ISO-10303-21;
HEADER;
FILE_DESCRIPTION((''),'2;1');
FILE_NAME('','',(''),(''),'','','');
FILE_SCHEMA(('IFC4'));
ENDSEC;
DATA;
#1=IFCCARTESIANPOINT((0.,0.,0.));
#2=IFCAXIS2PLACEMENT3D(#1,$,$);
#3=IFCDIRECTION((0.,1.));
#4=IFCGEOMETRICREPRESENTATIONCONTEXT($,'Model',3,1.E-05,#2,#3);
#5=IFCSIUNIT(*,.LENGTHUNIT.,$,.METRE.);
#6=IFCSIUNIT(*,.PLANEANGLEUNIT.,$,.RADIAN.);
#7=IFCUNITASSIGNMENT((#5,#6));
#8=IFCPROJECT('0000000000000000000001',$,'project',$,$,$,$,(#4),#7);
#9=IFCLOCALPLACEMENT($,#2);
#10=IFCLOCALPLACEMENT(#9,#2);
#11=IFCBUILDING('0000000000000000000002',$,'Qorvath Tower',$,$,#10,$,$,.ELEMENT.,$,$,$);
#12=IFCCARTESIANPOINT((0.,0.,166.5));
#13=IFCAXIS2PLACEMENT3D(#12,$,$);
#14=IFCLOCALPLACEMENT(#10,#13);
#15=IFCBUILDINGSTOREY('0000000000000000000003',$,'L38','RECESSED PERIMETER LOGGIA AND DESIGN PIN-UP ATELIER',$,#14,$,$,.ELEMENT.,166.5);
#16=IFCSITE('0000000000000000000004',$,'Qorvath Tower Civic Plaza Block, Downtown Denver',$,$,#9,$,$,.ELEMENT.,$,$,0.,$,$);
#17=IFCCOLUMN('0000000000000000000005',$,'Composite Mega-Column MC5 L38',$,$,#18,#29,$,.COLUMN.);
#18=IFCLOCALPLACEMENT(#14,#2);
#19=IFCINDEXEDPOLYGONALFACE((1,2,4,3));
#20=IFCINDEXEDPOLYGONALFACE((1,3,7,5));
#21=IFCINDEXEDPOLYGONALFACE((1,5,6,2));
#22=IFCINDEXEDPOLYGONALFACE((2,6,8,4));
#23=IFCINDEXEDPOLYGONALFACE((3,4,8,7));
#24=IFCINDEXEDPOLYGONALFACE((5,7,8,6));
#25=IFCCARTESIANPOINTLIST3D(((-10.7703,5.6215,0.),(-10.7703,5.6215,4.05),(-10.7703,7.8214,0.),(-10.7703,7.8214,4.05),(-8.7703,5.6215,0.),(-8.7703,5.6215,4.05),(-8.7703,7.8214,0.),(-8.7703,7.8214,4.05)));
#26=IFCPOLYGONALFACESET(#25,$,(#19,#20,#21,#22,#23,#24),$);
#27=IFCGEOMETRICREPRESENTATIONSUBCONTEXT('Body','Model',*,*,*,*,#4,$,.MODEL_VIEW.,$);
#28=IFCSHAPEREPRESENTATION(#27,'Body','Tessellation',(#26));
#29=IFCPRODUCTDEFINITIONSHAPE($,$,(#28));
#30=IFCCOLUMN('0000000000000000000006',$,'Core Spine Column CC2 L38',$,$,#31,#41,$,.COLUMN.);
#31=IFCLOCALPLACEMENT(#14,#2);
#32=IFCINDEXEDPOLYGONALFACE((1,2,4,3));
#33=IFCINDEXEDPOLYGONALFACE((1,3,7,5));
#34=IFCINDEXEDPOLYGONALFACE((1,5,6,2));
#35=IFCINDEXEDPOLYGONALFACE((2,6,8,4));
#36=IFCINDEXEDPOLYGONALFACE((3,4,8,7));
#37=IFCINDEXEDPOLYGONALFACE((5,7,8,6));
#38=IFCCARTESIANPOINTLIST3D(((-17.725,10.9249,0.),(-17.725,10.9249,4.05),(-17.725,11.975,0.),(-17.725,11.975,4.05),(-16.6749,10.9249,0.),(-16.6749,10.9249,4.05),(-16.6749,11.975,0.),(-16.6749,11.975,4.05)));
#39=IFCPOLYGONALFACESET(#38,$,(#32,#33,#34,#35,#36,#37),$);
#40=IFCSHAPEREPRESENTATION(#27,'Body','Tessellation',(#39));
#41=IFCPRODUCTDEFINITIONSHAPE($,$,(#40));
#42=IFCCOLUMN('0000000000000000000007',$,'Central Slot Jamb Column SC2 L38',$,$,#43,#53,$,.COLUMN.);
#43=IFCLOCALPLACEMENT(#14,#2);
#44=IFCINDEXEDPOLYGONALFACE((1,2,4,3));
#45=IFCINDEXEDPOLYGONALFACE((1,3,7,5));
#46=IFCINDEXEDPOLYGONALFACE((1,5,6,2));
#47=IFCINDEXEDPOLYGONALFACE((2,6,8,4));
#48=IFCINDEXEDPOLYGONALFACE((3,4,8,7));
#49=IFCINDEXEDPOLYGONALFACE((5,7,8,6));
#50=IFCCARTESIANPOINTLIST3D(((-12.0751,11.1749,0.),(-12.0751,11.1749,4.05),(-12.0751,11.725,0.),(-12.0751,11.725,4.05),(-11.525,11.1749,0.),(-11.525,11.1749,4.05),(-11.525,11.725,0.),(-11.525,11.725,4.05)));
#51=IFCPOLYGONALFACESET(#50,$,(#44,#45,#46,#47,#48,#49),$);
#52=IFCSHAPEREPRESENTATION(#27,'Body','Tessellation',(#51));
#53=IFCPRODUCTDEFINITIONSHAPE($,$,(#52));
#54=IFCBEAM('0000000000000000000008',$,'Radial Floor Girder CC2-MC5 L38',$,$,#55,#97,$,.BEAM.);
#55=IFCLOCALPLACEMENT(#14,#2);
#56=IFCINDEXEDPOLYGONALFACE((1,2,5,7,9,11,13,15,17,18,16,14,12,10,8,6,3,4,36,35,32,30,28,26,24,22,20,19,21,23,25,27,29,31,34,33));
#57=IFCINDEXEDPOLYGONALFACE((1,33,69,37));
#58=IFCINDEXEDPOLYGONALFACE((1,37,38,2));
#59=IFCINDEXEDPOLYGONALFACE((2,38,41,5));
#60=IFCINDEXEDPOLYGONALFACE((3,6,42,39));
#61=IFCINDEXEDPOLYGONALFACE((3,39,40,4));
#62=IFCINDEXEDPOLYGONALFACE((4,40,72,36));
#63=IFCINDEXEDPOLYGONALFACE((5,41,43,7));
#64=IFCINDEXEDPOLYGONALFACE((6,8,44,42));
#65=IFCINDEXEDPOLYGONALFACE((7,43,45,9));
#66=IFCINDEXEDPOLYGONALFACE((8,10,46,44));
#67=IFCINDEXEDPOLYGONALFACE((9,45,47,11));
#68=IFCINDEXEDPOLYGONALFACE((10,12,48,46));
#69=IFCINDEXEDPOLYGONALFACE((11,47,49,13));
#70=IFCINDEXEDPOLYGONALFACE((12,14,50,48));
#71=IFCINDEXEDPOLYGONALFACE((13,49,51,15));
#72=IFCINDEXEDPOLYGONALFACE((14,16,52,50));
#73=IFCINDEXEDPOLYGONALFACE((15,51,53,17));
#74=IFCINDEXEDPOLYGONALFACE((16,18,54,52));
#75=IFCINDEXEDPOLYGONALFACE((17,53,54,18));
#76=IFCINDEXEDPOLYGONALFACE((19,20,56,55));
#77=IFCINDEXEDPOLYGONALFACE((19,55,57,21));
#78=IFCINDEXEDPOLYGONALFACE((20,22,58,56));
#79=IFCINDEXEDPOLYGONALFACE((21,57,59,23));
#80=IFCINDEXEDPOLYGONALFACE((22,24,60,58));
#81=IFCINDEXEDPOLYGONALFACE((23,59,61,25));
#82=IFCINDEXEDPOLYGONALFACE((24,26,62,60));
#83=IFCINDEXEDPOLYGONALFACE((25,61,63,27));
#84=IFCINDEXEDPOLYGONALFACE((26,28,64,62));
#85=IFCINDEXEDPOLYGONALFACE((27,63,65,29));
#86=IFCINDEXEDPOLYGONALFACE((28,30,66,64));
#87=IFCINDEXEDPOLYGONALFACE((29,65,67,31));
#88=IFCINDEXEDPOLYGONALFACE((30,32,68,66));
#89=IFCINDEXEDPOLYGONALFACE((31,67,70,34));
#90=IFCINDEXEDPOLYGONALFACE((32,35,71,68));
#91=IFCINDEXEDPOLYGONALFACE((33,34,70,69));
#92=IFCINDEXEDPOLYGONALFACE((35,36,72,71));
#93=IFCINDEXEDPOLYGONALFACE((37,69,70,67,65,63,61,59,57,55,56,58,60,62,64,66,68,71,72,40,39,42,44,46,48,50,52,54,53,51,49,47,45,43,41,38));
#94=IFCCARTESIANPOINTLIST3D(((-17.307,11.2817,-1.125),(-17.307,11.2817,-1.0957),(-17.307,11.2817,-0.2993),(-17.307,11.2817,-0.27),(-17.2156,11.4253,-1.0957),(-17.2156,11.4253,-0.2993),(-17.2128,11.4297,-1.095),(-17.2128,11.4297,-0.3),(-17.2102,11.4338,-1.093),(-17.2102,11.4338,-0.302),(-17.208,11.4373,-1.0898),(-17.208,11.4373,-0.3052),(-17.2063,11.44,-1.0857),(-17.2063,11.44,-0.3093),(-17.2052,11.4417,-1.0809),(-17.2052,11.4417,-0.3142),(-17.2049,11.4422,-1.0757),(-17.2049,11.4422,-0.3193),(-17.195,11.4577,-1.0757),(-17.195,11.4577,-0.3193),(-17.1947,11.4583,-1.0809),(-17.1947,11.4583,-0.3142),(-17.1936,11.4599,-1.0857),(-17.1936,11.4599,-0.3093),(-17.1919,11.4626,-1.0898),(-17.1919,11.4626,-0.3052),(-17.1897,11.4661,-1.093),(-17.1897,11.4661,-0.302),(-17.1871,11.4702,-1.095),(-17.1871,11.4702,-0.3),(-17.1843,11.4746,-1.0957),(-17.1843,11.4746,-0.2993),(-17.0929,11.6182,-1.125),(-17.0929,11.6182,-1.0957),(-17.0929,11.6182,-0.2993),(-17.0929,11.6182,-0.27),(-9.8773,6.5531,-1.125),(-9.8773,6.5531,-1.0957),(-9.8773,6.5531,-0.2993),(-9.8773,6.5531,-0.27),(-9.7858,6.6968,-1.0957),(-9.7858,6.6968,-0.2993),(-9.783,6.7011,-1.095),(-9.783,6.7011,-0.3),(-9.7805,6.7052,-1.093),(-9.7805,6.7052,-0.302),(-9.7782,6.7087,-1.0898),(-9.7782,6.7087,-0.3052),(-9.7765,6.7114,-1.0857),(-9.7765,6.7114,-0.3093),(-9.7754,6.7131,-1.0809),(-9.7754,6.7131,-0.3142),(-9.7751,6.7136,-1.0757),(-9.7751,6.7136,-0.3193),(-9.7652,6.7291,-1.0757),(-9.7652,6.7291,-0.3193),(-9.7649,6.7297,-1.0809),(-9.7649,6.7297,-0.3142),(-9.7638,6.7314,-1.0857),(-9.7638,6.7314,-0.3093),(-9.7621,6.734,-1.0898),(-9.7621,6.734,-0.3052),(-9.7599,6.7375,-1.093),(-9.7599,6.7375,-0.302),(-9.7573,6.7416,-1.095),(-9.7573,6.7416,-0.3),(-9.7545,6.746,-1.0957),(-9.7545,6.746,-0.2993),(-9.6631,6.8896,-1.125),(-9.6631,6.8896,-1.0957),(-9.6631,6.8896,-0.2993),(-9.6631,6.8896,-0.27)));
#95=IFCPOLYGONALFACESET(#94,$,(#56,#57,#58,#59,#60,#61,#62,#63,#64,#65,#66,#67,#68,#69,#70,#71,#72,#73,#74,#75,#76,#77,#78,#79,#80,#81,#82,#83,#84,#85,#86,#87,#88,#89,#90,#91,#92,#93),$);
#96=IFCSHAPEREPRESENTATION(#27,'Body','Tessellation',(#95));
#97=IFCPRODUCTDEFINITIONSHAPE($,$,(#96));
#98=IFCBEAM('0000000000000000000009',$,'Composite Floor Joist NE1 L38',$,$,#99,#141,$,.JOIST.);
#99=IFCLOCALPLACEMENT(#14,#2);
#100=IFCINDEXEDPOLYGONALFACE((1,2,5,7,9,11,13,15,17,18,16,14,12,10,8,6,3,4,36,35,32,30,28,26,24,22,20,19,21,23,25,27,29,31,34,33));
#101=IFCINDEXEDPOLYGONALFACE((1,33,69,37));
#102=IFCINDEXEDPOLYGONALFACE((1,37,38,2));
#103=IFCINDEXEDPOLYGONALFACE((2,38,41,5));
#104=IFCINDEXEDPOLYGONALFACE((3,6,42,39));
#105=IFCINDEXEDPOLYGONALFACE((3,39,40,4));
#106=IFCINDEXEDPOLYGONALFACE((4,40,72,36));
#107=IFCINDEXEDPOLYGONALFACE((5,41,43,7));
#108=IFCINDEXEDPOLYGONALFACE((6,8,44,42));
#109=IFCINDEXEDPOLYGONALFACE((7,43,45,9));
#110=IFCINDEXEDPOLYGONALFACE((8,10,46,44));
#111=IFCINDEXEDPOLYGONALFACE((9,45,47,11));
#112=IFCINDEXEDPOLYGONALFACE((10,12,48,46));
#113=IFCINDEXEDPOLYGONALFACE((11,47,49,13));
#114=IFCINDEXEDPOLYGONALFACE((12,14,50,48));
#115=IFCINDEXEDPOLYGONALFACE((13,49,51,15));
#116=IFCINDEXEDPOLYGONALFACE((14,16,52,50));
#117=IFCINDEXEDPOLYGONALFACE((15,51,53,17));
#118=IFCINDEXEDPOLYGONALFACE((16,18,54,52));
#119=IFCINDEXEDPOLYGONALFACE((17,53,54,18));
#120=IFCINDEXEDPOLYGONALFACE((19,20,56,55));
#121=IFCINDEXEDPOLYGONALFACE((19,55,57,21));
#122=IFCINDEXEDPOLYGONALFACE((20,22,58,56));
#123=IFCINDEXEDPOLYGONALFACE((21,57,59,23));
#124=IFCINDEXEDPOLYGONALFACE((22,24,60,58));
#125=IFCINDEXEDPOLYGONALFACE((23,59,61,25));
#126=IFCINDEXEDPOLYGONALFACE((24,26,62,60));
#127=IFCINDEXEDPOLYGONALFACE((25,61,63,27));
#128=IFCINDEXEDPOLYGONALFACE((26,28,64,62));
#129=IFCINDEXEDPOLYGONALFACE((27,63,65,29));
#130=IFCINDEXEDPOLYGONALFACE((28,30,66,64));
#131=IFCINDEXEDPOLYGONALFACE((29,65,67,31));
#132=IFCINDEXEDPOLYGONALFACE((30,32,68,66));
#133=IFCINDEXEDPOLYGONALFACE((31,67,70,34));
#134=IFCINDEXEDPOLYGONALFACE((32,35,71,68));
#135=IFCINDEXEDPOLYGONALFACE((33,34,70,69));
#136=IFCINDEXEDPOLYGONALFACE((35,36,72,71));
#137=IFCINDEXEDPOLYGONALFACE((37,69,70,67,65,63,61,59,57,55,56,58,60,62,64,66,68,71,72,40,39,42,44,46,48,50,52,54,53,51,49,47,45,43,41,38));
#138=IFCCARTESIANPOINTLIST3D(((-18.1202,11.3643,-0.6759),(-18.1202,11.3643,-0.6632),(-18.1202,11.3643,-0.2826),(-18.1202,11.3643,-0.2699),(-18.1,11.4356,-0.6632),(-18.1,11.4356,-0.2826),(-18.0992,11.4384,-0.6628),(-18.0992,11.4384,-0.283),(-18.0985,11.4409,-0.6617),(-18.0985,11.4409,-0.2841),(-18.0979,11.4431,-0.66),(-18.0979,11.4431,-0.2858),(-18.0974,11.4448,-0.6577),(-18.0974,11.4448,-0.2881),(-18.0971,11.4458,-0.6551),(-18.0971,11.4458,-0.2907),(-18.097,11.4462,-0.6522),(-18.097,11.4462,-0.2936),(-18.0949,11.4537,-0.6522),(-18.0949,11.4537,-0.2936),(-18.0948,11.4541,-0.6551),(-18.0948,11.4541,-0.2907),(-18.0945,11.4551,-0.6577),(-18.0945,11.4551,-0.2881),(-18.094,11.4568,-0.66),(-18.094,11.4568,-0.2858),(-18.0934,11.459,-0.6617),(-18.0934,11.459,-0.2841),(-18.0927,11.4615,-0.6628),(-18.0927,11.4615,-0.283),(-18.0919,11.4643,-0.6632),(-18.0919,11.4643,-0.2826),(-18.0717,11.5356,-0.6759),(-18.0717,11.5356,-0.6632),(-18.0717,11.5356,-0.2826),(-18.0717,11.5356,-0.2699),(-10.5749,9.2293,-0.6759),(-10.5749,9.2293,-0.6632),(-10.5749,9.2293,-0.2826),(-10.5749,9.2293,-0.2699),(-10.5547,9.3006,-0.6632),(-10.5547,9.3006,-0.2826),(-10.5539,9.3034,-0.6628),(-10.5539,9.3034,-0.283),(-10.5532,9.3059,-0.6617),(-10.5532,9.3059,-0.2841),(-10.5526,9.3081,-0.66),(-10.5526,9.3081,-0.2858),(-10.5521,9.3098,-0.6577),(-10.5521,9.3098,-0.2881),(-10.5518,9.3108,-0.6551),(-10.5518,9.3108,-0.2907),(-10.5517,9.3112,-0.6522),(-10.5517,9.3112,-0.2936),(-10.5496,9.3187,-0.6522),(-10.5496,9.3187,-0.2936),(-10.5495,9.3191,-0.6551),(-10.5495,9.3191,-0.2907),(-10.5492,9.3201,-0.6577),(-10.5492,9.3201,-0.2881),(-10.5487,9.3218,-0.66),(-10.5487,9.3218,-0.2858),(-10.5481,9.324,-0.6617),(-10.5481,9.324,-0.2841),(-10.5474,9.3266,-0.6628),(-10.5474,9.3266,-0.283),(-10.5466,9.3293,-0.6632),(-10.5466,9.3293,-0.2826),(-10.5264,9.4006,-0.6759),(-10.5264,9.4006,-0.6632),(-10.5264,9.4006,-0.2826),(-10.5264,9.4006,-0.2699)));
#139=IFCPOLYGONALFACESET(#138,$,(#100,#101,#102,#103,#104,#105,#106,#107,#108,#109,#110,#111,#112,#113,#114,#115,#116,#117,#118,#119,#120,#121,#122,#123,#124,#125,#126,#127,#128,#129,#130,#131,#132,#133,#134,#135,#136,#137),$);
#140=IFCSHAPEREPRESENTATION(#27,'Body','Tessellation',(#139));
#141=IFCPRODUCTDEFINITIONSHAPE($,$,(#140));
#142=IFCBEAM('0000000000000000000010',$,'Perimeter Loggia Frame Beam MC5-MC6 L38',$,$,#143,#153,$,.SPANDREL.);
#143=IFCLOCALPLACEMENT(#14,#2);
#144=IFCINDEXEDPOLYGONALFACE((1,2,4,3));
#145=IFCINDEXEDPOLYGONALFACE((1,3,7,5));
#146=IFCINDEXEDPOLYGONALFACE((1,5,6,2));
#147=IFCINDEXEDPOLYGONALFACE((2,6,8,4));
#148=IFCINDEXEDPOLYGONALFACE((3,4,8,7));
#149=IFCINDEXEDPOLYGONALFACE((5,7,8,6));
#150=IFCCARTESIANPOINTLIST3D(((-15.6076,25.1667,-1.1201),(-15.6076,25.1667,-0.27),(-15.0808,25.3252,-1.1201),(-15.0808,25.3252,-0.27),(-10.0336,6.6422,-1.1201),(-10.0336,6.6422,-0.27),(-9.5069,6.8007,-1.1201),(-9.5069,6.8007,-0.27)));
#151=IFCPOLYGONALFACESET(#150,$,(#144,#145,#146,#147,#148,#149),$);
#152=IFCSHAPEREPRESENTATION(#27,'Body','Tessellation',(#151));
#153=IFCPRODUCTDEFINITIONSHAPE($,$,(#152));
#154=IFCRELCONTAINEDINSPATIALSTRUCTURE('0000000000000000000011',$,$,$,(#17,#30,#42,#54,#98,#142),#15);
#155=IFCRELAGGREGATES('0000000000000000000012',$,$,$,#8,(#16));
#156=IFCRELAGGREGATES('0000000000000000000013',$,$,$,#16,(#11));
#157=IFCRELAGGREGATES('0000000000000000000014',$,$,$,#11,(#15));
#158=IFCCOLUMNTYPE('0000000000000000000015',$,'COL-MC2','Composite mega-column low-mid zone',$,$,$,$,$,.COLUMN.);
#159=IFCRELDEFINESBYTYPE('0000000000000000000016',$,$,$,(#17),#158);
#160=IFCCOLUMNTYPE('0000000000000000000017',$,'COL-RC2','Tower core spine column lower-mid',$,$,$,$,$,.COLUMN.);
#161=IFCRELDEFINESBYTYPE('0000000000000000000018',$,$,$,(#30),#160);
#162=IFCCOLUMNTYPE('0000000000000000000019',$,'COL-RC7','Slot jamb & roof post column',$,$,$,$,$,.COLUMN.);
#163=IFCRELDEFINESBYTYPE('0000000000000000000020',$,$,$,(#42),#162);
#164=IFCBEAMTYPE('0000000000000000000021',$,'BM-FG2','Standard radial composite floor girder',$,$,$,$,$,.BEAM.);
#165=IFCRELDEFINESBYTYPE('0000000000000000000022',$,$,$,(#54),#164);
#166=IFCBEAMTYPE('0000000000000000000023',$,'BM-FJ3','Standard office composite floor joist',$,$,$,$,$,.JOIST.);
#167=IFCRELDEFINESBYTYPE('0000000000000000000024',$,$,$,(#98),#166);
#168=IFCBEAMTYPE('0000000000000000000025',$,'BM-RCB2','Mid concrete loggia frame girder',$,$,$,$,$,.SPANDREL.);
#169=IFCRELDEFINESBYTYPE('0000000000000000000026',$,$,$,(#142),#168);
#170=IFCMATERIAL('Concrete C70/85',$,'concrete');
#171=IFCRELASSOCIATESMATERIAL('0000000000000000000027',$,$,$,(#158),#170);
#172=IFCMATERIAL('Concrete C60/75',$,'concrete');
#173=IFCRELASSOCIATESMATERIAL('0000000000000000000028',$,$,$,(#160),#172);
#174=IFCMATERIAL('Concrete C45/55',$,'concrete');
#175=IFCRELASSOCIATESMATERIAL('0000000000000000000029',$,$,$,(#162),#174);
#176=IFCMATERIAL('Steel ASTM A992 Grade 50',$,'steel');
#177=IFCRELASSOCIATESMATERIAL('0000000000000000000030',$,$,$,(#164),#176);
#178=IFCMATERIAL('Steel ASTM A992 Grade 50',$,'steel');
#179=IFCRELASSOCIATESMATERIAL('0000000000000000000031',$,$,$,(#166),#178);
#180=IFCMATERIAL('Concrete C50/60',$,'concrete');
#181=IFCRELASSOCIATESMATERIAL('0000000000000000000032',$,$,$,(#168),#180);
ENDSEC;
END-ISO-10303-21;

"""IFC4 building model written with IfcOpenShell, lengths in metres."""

from ifc_helpers import new_model, si_unit, direction, frame, origin, origin_2d, place, context, subcontext, project, spatial, rectangle, i_section, extrude, material, material_profile, profile_set, type_object, element, save


model = new_model("IFC4")

# Units and contexts
model_context = context("Model", 3, precision=1e-05, world=origin(), true_north=direction((0.0, 1.0)))
body_context = subcontext(model_context, "Body", "Model", "MODEL_VIEW")
ifc_project = project(units=[si_unit("LENGTHUNIT", "METRE"), si_unit("PLANEANGLEUNIT", "RADIAN")], contexts=[model_context])

# Site, building, storey
site_placement = place(None, origin())
site = spatial("IfcSite", under=ifc_project, at=site_placement, Name="Qorvath Tower Civic Plaza Block, Downtown Denver", CompositionType="ELEMENT", RefElevation=0.0)
building_placement = place(site_placement, origin())
building = spatial("IfcBuilding", under=site, at=building_placement, Name="Qorvath Tower", CompositionType="ELEMENT")
storey_placement = place(building_placement, frame((0.0, 0.0, 166.5)))
storey = spatial("IfcBuildingStorey", under=building, at=storey_placement, Name="L38", Description="RECESSED PERIMETER LOGGIA AND DESIGN PIN-UP ATELIER", CompositionType="ELEMENT", Elevation=166.5)

# Columns
ifc_material_1 = material(Name="Concrete C70/85", Category="concrete")
ifc_material_profile_1 = material_profile(ifc_material_1, rectangle(XDim=2.0, YDim=2.2, at=origin_2d()), Name="MC 2200x2000")
ifc_profile_set_1 = profile_set([ifc_material_profile_1], Name="Concrete C70/85")
column_type_1 = type_object("IfcColumnType", Name="COL-MC2", Description="Composite mega-column low-mid zone", PredefinedType="COLUMN", material=ifc_profile_set_1)
column_1_placement = place(storey_placement, frame((-9.7703, 6.7214, 0.0), z_axis=(0.0, 0.0, 1.0), x_axis=(1.0, 0.0, 0.0)))
element("IfcColumn", 1, at=column_1_placement, inside=storey, type_object=column_type_1, Name="Composite Mega-Column MC5 L38", PredefinedType="COLUMN", context=body_context, shape_type="SweptSolid", body=[
    extrude(rectangle(XDim=2.0, YDim=2.2, at=origin_2d()), origin(), (0.0, 0.0, 1.0), 4.05),
])
ifc_material_2 = material(Name="Concrete C60/75", Category="concrete")
ifc_material_profile_2 = material_profile(ifc_material_2, rectangle(XDim=1.05, YDim=1.05, at=origin_2d()), Name="RC 1050x1050")
ifc_profile_set_2 = profile_set([ifc_material_profile_2], Name="Concrete C60/75")
column_type_2 = type_object("IfcColumnType", Name="COL-RC2", Description="Tower core spine column lower-mid", PredefinedType="COLUMN", material=ifc_profile_set_2)
column_2_placement = place(storey_placement, frame((-17.2, 11.45, 0.0), z_axis=(0.0, 0.0, 1.0), x_axis=(1.0, 0.0, 0.0)))
element("IfcColumn", 2, at=column_2_placement, inside=storey, type_object=column_type_2, Name="Core Spine Column CC2 L38", PredefinedType="COLUMN", context=body_context, shape_type="SweptSolid", body=[
    extrude(rectangle(XDim=1.05, YDim=1.05, at=origin_2d()), origin(), (0.0, 0.0, 1.0), 4.05),
])
ifc_material_3 = material(Name="Concrete C45/55", Category="concrete")
ifc_material_profile_3 = material_profile(ifc_material_3, rectangle(XDim=0.55, YDim=0.55, at=origin_2d()), Name="RC 550x550")
ifc_profile_set_3 = profile_set([ifc_material_profile_3], Name="Concrete C45/55")
column_type_3 = type_object("IfcColumnType", Name="COL-RC7", Description="Slot jamb & roof post column", PredefinedType="COLUMN", material=ifc_profile_set_3)
column_3_placement = place(storey_placement, frame((-11.8, 11.45, 0.0), z_axis=(0.0, 0.0, 1.0), x_axis=(1.0, 0.0, 0.0)))
element("IfcColumn", 3, at=column_3_placement, inside=storey, type_object=column_type_3, Name="Central Slot Jamb Column SC2 L38", PredefinedType="COLUMN", context=body_context, shape_type="SweptSolid", body=[
    extrude(rectangle(XDim=0.55, YDim=0.55, at=origin_2d()), origin(), (0.0, 0.0, 1.0), 4.05),
])

# Beams
ifc_material_4 = material(Name="Steel ASTM A992 Grade 50", Category="steel")
ifc_material_profile_4 = material_profile(ifc_material_4, i_section(OverallWidth=0.3989, OverallDepth=0.855, WebThickness=0.0183, FlangeThickness=0.0293, FilletRadius=0.02, at=origin_2d()), Name="W33x201")
ifc_profile_set_4 = profile_set([ifc_material_profile_4], Name="Steel ASTM A992 Grade 50")
beam_type_1 = type_object("IfcBeamType", Name="BM-FG2", Description="Standard radial composite floor girder", PredefinedType="BEAM", material=ifc_profile_set_4)
beam_1_placement = place(storey_placement, frame((-17.2, 11.45, -0.6975), z_axis=(0.843634, -0.536919, 0.0), x_axis=(0.536919, 0.843634, 0.0)))
element("IfcBeam", 4, at=beam_1_placement, inside=storey, type_object=beam_type_1, Name="Radial Floor Girder CC2-MC5 L38", PredefinedType="BEAM", context=body_context, shape_type="SweptSolid", body=[
    extrude(i_section(OverallWidth=0.3989, OverallDepth=0.855, WebThickness=0.0183, FlangeThickness=0.0293, FilletRadius=0.02, at=origin_2d()), origin(), (0.0, 0.0, 1.0), 8.8069),
])
ifc_material_5 = material(Name="Steel ASTM A992 Grade 50", Category="steel")
ifc_material_profile_5 = material_profile(ifc_material_5, i_section(OverallWidth=0.178, OverallDepth=0.406, WebThickness=0.0078, FlangeThickness=0.0127, FilletRadius=0.011, at=origin_2d()), Name="W16x40")
ifc_profile_set_5 = profile_set([ifc_material_profile_5], Name="Steel ASTM A992 Grade 50")
beam_type_2 = type_object("IfcBeamType", Name="BM-FJ3", Description="Standard office composite floor joist", PredefinedType="JOIST", material=ifc_profile_set_5)
beam_2_placement = place(storey_placement, frame((-18.0959, 11.45, -0.4729), z_axis=(0.962222, -0.272265, 0.0), x_axis=(0.272265, 0.962222, 0.0)))
element("IfcBeam", 5, at=beam_2_placement, inside=storey, type_object=beam_type_2, Name="Composite Floor Joist NE1 L38", PredefinedType="JOIST", context=body_context, shape_type="SweptSolid", body=[
    extrude(i_section(OverallWidth=0.178, OverallDepth=0.406, WebThickness=0.0078, FlangeThickness=0.0127, FilletRadius=0.011, at=origin_2d()), origin(), (0.0, 0.0, 1.0), 7.8416),
])
ifc_material_6 = material(Name="Concrete C50/60", Category="concrete")
ifc_material_profile_6 = material_profile(ifc_material_6, rectangle(XDim=0.55, YDim=0.8501, at=origin_2d()), Name="RCB 850x550")
ifc_profile_set_6 = profile_set([ifc_material_profile_6], Name="Concrete C50/60")
beam_type_3 = type_object("IfcBeamType", Name="BM-RCB2", Description="Mid concrete loggia frame girder", PredefinedType="SPANDREL", material=ifc_profile_set_6)
beam_3_placement = place(storey_placement, frame((-9.7703, 6.7214, -0.6951), z_axis=(-0.288134, 0.95759, 0.0), x_axis=(-0.95759, -0.288134, 0.0)))
element("IfcBeam", 6, at=beam_3_placement, inside=storey, type_object=beam_type_3, Name="Perimeter Loggia Frame Beam MC5-MC6 L38", PredefinedType="SPANDREL", context=body_context, shape_type="SweptSolid", body=[
    extrude(rectangle(XDim=0.55, YDim=0.8501, at=origin_2d()), origin(), (0.0, 0.0, 1.0), 19.345),
])

save(model, "model.ifc")
